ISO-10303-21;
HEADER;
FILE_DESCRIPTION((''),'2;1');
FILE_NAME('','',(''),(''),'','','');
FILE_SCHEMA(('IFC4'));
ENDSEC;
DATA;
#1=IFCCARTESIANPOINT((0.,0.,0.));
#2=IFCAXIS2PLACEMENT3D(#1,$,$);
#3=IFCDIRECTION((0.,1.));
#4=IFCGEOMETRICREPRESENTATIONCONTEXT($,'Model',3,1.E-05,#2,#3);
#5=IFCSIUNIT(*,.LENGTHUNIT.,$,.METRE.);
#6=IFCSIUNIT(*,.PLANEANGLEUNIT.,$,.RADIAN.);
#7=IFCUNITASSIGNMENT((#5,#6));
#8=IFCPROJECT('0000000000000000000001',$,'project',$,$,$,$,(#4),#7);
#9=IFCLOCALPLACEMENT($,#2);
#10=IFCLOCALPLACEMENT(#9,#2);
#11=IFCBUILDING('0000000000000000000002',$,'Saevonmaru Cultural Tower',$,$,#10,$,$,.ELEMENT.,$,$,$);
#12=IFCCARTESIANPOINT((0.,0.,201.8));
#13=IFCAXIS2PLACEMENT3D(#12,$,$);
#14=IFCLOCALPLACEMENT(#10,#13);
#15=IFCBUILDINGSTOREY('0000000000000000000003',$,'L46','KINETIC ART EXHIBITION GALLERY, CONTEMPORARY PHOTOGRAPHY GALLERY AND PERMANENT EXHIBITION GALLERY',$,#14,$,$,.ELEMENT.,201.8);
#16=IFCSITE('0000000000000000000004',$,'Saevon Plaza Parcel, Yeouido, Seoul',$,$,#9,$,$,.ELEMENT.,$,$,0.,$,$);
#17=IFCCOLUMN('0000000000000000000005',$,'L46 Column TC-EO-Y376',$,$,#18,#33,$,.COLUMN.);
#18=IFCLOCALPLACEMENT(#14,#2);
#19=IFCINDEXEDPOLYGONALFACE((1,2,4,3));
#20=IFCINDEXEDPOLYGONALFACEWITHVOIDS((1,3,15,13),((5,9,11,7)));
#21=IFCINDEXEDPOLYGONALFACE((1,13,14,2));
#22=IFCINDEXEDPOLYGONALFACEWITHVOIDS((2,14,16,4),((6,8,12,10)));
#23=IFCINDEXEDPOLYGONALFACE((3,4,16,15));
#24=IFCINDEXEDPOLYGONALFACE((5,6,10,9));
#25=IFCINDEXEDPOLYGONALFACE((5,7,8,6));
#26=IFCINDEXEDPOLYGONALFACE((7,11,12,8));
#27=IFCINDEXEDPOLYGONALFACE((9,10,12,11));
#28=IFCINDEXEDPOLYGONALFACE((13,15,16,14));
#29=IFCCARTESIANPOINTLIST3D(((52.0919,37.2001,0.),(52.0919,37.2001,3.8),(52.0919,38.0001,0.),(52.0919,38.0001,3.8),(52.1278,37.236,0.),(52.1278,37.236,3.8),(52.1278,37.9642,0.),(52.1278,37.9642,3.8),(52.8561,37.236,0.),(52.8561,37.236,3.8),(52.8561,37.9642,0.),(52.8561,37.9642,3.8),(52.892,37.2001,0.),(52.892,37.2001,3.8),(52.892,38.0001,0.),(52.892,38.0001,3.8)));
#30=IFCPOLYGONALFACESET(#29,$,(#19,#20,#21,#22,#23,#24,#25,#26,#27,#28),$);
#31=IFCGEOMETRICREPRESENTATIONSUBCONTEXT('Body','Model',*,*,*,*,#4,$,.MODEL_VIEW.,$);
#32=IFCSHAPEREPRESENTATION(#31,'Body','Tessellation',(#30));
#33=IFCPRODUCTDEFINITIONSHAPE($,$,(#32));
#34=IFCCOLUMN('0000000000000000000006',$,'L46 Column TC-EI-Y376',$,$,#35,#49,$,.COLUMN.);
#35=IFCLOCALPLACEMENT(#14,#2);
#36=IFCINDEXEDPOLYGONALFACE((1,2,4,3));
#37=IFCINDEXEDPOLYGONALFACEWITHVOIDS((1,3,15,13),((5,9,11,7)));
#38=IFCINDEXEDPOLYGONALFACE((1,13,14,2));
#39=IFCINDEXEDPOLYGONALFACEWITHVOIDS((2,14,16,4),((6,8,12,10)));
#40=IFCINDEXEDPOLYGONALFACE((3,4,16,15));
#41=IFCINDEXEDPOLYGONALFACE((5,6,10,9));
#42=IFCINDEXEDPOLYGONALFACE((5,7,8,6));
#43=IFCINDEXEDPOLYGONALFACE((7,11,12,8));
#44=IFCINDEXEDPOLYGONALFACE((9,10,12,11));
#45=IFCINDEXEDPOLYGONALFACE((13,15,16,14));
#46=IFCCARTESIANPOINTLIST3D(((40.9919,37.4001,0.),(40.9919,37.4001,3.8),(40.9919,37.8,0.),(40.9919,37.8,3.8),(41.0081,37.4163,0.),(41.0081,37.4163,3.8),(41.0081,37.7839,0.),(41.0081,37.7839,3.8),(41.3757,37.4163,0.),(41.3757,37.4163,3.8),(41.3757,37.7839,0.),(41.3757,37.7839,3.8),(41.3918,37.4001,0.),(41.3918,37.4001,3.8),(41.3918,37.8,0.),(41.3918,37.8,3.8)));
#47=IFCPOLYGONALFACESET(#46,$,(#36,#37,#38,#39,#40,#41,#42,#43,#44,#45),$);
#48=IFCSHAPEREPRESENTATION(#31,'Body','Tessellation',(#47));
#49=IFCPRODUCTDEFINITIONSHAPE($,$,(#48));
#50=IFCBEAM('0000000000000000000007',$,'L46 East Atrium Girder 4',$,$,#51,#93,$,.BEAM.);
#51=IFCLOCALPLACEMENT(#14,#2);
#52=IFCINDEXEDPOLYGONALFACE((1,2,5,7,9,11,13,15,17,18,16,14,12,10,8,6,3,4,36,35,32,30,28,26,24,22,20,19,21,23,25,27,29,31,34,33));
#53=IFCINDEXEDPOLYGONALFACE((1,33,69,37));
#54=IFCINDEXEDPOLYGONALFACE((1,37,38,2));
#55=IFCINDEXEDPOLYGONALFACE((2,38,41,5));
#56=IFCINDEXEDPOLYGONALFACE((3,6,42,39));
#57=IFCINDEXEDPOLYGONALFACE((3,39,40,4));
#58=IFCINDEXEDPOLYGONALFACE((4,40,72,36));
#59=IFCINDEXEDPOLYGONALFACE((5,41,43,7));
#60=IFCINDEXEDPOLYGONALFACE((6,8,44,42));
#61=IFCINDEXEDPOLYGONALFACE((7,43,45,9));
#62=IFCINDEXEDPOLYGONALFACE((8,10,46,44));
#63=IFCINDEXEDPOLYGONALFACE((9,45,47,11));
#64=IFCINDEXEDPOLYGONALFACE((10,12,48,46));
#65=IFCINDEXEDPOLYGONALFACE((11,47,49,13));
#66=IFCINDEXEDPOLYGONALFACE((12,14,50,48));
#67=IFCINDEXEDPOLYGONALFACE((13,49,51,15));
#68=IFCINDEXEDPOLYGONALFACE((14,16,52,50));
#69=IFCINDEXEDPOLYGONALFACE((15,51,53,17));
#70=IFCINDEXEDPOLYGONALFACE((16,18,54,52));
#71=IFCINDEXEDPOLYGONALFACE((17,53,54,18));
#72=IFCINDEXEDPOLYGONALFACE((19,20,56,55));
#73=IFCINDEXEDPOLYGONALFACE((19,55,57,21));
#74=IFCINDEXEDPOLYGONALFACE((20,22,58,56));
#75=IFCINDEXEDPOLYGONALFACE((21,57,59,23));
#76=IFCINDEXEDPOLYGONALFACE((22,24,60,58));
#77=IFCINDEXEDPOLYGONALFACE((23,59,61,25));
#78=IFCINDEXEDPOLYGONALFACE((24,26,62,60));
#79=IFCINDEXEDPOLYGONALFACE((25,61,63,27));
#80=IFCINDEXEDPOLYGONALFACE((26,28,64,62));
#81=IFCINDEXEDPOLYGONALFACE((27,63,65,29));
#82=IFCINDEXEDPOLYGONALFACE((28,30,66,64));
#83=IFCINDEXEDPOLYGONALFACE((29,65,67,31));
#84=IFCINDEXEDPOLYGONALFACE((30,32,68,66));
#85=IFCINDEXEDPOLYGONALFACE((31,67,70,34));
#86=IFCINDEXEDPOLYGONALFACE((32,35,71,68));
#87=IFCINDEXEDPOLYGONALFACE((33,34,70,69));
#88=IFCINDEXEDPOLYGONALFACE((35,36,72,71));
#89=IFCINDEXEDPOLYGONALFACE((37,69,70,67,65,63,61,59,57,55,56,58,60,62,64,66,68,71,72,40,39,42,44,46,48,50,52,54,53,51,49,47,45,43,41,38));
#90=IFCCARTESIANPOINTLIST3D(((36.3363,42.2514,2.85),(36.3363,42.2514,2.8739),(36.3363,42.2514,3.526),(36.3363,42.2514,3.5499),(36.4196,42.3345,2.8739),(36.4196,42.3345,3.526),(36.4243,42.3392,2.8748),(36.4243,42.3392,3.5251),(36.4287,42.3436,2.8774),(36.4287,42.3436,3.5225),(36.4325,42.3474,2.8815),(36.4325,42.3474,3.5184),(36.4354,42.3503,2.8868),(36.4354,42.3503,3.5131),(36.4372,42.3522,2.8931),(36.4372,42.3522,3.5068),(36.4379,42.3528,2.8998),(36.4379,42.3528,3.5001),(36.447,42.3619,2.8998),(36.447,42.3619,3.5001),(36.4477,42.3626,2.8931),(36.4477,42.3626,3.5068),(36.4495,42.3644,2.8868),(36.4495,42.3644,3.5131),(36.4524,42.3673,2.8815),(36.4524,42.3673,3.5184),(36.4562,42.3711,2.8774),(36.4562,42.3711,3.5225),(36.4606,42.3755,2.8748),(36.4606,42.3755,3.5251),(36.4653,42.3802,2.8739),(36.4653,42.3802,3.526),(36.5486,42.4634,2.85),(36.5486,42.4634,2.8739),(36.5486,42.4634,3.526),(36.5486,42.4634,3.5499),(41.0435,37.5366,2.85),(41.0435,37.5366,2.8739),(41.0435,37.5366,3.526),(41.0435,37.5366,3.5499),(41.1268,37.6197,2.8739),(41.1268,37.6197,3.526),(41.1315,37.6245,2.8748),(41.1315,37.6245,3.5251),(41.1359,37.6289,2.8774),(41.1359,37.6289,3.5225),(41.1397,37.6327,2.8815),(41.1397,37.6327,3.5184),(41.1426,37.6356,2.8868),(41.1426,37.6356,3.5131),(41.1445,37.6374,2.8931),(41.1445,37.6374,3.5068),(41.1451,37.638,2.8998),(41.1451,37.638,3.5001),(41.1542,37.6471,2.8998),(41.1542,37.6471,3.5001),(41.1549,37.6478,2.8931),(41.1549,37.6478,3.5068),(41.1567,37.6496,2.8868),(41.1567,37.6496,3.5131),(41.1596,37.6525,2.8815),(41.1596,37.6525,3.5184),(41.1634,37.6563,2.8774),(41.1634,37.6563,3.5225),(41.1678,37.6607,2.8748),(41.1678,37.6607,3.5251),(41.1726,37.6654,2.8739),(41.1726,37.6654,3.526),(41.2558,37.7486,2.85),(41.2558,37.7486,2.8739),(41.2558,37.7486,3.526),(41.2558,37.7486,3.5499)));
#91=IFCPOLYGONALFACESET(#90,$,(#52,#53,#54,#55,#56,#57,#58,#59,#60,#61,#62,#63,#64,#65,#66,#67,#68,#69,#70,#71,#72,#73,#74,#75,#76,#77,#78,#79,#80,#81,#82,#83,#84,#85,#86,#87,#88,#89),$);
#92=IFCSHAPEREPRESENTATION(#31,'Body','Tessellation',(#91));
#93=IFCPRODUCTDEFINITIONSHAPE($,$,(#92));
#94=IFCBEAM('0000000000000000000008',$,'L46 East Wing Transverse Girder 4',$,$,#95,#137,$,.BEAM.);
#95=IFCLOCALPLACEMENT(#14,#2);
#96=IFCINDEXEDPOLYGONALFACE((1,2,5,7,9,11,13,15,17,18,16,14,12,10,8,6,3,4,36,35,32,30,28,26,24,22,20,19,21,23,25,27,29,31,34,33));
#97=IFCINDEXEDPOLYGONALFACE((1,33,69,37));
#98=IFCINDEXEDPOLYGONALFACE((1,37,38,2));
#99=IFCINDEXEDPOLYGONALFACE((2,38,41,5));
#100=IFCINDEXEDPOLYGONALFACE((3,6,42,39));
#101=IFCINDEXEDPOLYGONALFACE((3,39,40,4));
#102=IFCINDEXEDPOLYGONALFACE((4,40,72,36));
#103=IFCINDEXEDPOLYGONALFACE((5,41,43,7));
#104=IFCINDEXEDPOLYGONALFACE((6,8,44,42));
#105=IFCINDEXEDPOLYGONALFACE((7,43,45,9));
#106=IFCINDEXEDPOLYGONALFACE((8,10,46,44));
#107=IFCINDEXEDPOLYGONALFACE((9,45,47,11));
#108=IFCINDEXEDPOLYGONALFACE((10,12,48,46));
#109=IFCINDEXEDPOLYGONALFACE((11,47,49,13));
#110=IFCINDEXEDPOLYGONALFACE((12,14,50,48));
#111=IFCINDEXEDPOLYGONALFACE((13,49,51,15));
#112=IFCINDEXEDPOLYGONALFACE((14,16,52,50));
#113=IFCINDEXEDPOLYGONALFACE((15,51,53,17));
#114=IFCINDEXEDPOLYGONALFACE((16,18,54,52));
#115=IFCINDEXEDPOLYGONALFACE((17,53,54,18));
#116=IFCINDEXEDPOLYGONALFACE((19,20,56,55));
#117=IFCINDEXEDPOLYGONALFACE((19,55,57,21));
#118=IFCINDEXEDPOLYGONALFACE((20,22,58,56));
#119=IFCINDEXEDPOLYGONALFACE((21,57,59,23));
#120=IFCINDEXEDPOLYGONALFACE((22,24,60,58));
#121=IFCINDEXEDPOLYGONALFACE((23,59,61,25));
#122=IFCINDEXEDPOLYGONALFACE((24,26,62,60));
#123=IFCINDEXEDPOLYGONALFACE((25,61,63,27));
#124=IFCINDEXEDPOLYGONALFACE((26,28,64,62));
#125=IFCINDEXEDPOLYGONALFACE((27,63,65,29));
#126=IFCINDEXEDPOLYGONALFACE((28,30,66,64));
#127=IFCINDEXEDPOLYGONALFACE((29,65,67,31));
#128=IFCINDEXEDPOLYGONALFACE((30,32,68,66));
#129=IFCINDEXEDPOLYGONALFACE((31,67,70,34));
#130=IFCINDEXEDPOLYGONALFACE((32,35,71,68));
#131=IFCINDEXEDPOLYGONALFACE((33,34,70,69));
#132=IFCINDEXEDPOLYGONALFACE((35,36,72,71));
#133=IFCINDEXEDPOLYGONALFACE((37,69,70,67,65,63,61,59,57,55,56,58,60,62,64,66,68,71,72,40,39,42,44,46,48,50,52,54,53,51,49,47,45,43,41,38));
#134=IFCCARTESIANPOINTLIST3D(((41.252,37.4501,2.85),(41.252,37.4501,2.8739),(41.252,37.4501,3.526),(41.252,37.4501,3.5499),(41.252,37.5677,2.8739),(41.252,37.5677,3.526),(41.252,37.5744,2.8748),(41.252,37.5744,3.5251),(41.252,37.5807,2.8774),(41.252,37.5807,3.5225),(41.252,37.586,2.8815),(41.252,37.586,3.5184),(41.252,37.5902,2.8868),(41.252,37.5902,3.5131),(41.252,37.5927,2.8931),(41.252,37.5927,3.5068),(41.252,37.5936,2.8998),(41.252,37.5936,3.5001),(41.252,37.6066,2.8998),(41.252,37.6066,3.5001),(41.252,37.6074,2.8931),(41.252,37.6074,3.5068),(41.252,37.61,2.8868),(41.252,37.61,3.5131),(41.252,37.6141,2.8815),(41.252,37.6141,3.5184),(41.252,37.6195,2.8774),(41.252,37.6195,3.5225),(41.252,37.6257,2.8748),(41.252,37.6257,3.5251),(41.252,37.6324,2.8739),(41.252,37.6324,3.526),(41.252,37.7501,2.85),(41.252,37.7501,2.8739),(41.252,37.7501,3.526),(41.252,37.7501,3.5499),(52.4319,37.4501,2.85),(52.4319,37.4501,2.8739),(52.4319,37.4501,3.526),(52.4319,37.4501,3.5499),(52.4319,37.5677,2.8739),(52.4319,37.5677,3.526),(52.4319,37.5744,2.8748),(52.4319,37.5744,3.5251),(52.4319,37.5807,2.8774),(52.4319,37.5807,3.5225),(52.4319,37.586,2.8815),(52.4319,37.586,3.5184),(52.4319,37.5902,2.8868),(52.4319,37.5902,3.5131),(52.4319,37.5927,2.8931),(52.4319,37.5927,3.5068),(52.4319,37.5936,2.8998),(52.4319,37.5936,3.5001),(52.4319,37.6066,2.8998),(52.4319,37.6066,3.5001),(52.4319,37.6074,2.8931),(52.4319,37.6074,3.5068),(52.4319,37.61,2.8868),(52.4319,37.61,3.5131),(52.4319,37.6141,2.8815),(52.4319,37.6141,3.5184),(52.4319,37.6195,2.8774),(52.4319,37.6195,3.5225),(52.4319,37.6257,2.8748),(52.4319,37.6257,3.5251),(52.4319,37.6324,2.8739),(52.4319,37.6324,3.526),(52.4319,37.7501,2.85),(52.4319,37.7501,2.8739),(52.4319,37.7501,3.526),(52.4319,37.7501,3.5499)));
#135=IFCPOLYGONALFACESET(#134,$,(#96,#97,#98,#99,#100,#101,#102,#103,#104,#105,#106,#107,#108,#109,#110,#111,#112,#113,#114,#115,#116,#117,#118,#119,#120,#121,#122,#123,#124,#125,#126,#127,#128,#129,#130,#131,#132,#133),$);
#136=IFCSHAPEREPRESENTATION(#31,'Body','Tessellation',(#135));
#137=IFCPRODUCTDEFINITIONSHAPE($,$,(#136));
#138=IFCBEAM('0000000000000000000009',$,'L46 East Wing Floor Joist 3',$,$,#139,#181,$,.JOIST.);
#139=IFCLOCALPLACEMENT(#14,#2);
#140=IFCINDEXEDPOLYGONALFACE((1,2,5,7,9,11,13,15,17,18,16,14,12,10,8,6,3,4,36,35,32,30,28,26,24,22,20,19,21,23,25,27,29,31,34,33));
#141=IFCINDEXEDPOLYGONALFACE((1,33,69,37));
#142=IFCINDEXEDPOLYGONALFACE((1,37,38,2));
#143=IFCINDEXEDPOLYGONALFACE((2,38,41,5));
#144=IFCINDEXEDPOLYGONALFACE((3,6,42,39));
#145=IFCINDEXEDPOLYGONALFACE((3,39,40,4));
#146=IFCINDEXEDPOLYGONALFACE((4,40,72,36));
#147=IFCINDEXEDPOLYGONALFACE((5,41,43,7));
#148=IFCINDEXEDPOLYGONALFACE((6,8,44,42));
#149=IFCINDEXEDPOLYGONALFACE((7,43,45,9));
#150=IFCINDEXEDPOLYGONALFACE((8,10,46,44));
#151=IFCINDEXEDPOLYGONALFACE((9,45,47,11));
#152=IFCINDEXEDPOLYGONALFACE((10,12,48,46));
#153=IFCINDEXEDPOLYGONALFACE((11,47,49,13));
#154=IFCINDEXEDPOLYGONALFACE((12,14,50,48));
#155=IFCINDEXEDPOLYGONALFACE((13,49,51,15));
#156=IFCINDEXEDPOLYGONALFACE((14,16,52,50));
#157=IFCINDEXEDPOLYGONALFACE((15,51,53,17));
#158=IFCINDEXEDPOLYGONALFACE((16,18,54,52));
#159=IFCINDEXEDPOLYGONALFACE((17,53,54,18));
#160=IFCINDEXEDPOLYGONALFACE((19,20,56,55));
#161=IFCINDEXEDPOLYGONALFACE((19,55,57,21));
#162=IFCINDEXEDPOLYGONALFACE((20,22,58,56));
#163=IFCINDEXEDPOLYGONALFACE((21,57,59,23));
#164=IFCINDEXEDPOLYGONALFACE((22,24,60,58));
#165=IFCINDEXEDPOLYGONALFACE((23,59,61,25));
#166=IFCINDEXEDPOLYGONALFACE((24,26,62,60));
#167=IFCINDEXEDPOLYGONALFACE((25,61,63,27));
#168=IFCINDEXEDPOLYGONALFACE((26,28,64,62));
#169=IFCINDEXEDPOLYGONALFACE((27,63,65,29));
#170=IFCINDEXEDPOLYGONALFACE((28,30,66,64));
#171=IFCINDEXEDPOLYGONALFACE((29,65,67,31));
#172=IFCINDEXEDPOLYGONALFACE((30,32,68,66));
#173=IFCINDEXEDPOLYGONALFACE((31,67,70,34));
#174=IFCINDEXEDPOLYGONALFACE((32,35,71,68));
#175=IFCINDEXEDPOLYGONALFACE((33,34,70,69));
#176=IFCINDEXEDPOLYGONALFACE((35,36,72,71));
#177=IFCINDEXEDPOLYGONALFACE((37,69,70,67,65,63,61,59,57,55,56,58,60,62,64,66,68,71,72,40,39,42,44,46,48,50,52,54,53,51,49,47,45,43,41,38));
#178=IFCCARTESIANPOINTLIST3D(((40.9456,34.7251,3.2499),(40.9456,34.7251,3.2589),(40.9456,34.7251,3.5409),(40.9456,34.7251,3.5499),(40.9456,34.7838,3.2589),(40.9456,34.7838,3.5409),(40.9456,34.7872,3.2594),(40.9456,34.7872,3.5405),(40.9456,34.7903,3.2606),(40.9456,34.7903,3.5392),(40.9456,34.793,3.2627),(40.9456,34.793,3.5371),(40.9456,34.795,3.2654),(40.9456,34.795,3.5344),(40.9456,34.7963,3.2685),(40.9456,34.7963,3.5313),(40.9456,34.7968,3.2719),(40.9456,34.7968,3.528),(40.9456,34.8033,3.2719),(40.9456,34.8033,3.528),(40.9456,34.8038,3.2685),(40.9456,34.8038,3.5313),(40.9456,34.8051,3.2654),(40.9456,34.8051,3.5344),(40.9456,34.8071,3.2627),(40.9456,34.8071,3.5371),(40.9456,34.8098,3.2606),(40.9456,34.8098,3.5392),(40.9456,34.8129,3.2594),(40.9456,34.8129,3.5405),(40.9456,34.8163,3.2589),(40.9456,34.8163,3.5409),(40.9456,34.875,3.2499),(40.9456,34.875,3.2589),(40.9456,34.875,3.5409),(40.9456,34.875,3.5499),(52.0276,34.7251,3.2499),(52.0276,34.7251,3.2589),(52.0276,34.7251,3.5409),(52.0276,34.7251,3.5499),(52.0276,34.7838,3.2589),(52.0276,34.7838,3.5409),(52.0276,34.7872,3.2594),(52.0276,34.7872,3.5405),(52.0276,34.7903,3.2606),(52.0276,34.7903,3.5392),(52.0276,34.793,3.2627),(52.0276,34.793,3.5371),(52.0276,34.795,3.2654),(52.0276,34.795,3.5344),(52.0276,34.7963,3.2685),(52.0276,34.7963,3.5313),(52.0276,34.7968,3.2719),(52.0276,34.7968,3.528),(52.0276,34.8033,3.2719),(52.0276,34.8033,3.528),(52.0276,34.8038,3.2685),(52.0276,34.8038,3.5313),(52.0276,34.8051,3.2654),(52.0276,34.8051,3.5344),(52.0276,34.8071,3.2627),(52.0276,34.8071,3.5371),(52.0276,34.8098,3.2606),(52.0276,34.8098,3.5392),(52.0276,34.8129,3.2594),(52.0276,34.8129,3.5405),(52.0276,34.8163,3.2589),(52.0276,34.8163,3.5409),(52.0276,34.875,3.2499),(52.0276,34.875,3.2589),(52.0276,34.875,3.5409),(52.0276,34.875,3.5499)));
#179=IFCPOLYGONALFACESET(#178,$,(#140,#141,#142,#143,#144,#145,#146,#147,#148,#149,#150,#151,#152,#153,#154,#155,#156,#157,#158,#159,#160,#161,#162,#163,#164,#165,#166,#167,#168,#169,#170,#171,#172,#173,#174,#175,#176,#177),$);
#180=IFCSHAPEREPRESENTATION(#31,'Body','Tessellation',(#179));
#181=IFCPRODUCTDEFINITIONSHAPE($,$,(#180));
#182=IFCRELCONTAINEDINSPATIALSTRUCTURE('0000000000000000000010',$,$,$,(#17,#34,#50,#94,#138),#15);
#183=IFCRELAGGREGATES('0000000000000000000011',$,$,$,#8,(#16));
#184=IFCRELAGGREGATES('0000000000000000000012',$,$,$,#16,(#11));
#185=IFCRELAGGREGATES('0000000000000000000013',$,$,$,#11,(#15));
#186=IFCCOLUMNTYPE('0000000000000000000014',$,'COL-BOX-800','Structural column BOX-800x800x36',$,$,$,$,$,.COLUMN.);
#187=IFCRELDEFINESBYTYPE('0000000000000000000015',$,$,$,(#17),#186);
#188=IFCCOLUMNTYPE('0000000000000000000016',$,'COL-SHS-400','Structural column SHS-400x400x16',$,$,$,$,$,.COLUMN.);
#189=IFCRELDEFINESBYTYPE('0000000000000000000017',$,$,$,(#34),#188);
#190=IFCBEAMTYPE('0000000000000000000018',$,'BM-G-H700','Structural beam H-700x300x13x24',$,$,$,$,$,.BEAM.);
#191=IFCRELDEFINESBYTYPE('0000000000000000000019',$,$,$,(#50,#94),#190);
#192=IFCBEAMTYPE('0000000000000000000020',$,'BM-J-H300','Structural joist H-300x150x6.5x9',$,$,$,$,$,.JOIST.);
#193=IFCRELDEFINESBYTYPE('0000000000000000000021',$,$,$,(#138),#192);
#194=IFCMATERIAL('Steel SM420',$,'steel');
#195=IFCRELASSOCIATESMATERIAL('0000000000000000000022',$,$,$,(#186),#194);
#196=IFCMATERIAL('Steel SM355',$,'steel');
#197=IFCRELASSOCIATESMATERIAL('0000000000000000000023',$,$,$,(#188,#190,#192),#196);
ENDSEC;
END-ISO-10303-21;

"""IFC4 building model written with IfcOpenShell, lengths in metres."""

from ifc_helpers import new_model, si_unit, direction, frame, origin, origin_2d, place, context, subcontext, project, spatial, hollow_rectangle, i_section, extrude, material, material_profile, profile_set, type_object, element, save


model = new_model("IFC4")

# Units and contexts
model_context = context("Model", 3, precision=1e-05, world=origin(), true_north=direction((0.0, 1.0)))
body_context = subcontext(model_context, "Body", "Model", "MODEL_VIEW")
ifc_project = project(units=[si_unit("LENGTHUNIT", "METRE"), si_unit("PLANEANGLEUNIT", "RADIAN")], contexts=[model_context])

# Site, building, storey
site_placement = place(None, origin())
site = spatial("IfcSite", under=ifc_project, at=site_placement, Name="Saevon Plaza Parcel, Yeouido, Seoul", CompositionType="ELEMENT", RefElevation=0.0)
building_placement = place(site_placement, origin())
building = spatial("IfcBuilding", under=site, at=building_placement, Name="Saevonmaru Cultural Tower", CompositionType="ELEMENT")
storey_placement = place(building_placement, frame((0.0, 0.0, 201.8)))
storey = spatial("IfcBuildingStorey", under=building, at=storey_placement, Name="L46", Description="KINETIC ART EXHIBITION GALLERY, CONTEMPORARY PHOTOGRAPHY GALLERY AND PERMANENT EXHIBITION GALLERY", CompositionType="ELEMENT", Elevation=201.8)

# Columns
ifc_material_1 = material(Name="Steel SM420", Category="steel")
ifc_material_profile_1 = material_profile(ifc_material_1, hollow_rectangle(XDim=0.8, YDim=0.8, WallThickness=0.0359, at=origin_2d()), Name="BOX-800x800x36")
ifc_profile_set_1 = profile_set([ifc_material_profile_1], Name="Steel SM420")
column_type_1 = type_object("IfcColumnType", Name="COL-BOX-800", Description="Structural column BOX-800x800x36", PredefinedType="COLUMN", material=ifc_profile_set_1)
column_1_placement = place(storey_placement, frame((52.4919, 37.6001, 0.0), z_axis=(0.0, 0.0, 1.0), x_axis=(1.0, 0.0, 0.0)))
element("IfcColumn", 1, at=column_1_placement, inside=storey, type_object=column_type_1, Name="L46 Column TC-EO-Y376", PredefinedType="COLUMN", context=body_context, shape_type="SweptSolid", body=[
    extrude(hollow_rectangle(XDim=0.8, YDim=0.8, WallThickness=0.0359, at=origin_2d()), origin(), (0.0, 0.0, 1.0), 3.8),
])
ifc_material_2 = material(Name="Steel SM355", Category="steel")
ifc_material_profile_2 = material_profile(ifc_material_2, hollow_rectangle(XDim=0.3999, YDim=0.3999, WallThickness=0.0161, at=origin_2d()), Name="SHS-400x400x16")
ifc_profile_set_2 = profile_set([ifc_material_profile_2], Name="Steel SM355")
column_type_2 = type_object("IfcColumnType", Name="COL-SHS-400", Description="Structural column SHS-400x400x16", PredefinedType="COLUMN", material=ifc_profile_set_2)
column_2_placement = place(storey_placement, frame((41.1919, 37.6001, 0.0), z_axis=(0.0, 0.0, 1.0), x_axis=(1.0, 0.0, 0.0)))
element("IfcColumn", 2, at=column_2_placement, inside=storey, type_object=column_type_2, Name="L46 Column TC-EI-Y376", PredefinedType="COLUMN", context=body_context, shape_type="SweptSolid", body=[
    extrude(hollow_rectangle(XDim=0.3999, YDim=0.3999, WallThickness=0.0161, at=origin_2d()), origin(), (0.0, 0.0, 1.0), 3.8),
])

# Beams
ifc_material_profile_3 = material_profile(ifc_material_2, i_section(OverallWidth=0.3, OverallDepth=0.7, WebThickness=0.0129, FlangeThickness=0.0239, FilletRadius=0.0259, at=origin_2d()), Name="H-700x300x13x24")
ifc_profile_set_3 = profile_set([ifc_material_profile_3], Name="Steel SM355")
beam_type_1 = type_object("IfcBeamType", Name="BM-G-H700", Description="Structural beam H-700x300x13x24", PredefinedType="BEAM", material=ifc_profile_set_3)
beam_1_placement = place(storey_placement, frame((41.1497, 37.6426, 3.2), z_axis=(-0.706539, 0.707675, 0.0), x_axis=(-0.707675, -0.706539, 0.0)))
element("IfcBeam", 3, at=beam_1_placement, inside=storey, type_object=beam_type_1, Name="L46 East Atrium Girder 4", PredefinedType="BEAM", context=body_context, shape_type="SweptSolid", body=[
    extrude(i_section(OverallWidth=0.3, OverallDepth=0.7, WebThickness=0.0129, FlangeThickness=0.0239, FilletRadius=0.0259, at=origin_2d()), origin(), (0.0, 0.0, 1.0), 6.6624),
])
beam_2_placement = place(storey_placement, frame((41.252, 37.6001, 3.2), z_axis=(1.0, 0.0, 0.0), x_axis=(0.0, 1.0, 0.0)))
element("IfcBeam", 4, at=beam_2_placement, inside=storey, type_object=beam_type_1, Name="L46 East Wing Transverse Girder 4", PredefinedType="BEAM", context=body_context, shape_type="SweptSolid", body=[
    extrude(i_section(OverallWidth=0.3, OverallDepth=0.7, WebThickness=0.0129, FlangeThickness=0.0239, FilletRadius=0.0259, at=origin_2d()), origin(), (0.0, 0.0, 1.0), 11.1799),
])
ifc_material_profile_4 = material_profile(ifc_material_2, i_section(OverallWidth=0.1499, OverallDepth=0.3, WebThickness=0.0066, FlangeThickness=0.009, FilletRadius=0.0129, at=origin_2d()), Name="H-300x150x6.5x9")
ifc_profile_set_4 = profile_set([ifc_material_profile_4], Name="Steel SM355")
beam_type_2 = type_object("IfcBeamType", Name="BM-J-H300", Description="Structural joist H-300x150x6.5x9", PredefinedType="JOIST", material=ifc_profile_set_4)
beam_3_placement = place(storey_placement, frame((40.9456, 34.8, 3.3999), z_axis=(1.0, 0.0, 0.0), x_axis=(0.0, 1.0, 0.0)))
element("IfcBeam", 5, at=beam_3_placement, inside=storey, type_object=beam_type_2, Name="L46 East Wing Floor Joist 3", PredefinedType="JOIST", context=body_context, shape_type="SweptSolid", body=[
    extrude(i_section(OverallWidth=0.1499, OverallDepth=0.3, WebThickness=0.0066, FlangeThickness=0.009, FilletRadius=0.0129, at=origin_2d()), origin(), (0.0, 0.0, 1.0), 11.082),
])

save(model, "model.ifc")
